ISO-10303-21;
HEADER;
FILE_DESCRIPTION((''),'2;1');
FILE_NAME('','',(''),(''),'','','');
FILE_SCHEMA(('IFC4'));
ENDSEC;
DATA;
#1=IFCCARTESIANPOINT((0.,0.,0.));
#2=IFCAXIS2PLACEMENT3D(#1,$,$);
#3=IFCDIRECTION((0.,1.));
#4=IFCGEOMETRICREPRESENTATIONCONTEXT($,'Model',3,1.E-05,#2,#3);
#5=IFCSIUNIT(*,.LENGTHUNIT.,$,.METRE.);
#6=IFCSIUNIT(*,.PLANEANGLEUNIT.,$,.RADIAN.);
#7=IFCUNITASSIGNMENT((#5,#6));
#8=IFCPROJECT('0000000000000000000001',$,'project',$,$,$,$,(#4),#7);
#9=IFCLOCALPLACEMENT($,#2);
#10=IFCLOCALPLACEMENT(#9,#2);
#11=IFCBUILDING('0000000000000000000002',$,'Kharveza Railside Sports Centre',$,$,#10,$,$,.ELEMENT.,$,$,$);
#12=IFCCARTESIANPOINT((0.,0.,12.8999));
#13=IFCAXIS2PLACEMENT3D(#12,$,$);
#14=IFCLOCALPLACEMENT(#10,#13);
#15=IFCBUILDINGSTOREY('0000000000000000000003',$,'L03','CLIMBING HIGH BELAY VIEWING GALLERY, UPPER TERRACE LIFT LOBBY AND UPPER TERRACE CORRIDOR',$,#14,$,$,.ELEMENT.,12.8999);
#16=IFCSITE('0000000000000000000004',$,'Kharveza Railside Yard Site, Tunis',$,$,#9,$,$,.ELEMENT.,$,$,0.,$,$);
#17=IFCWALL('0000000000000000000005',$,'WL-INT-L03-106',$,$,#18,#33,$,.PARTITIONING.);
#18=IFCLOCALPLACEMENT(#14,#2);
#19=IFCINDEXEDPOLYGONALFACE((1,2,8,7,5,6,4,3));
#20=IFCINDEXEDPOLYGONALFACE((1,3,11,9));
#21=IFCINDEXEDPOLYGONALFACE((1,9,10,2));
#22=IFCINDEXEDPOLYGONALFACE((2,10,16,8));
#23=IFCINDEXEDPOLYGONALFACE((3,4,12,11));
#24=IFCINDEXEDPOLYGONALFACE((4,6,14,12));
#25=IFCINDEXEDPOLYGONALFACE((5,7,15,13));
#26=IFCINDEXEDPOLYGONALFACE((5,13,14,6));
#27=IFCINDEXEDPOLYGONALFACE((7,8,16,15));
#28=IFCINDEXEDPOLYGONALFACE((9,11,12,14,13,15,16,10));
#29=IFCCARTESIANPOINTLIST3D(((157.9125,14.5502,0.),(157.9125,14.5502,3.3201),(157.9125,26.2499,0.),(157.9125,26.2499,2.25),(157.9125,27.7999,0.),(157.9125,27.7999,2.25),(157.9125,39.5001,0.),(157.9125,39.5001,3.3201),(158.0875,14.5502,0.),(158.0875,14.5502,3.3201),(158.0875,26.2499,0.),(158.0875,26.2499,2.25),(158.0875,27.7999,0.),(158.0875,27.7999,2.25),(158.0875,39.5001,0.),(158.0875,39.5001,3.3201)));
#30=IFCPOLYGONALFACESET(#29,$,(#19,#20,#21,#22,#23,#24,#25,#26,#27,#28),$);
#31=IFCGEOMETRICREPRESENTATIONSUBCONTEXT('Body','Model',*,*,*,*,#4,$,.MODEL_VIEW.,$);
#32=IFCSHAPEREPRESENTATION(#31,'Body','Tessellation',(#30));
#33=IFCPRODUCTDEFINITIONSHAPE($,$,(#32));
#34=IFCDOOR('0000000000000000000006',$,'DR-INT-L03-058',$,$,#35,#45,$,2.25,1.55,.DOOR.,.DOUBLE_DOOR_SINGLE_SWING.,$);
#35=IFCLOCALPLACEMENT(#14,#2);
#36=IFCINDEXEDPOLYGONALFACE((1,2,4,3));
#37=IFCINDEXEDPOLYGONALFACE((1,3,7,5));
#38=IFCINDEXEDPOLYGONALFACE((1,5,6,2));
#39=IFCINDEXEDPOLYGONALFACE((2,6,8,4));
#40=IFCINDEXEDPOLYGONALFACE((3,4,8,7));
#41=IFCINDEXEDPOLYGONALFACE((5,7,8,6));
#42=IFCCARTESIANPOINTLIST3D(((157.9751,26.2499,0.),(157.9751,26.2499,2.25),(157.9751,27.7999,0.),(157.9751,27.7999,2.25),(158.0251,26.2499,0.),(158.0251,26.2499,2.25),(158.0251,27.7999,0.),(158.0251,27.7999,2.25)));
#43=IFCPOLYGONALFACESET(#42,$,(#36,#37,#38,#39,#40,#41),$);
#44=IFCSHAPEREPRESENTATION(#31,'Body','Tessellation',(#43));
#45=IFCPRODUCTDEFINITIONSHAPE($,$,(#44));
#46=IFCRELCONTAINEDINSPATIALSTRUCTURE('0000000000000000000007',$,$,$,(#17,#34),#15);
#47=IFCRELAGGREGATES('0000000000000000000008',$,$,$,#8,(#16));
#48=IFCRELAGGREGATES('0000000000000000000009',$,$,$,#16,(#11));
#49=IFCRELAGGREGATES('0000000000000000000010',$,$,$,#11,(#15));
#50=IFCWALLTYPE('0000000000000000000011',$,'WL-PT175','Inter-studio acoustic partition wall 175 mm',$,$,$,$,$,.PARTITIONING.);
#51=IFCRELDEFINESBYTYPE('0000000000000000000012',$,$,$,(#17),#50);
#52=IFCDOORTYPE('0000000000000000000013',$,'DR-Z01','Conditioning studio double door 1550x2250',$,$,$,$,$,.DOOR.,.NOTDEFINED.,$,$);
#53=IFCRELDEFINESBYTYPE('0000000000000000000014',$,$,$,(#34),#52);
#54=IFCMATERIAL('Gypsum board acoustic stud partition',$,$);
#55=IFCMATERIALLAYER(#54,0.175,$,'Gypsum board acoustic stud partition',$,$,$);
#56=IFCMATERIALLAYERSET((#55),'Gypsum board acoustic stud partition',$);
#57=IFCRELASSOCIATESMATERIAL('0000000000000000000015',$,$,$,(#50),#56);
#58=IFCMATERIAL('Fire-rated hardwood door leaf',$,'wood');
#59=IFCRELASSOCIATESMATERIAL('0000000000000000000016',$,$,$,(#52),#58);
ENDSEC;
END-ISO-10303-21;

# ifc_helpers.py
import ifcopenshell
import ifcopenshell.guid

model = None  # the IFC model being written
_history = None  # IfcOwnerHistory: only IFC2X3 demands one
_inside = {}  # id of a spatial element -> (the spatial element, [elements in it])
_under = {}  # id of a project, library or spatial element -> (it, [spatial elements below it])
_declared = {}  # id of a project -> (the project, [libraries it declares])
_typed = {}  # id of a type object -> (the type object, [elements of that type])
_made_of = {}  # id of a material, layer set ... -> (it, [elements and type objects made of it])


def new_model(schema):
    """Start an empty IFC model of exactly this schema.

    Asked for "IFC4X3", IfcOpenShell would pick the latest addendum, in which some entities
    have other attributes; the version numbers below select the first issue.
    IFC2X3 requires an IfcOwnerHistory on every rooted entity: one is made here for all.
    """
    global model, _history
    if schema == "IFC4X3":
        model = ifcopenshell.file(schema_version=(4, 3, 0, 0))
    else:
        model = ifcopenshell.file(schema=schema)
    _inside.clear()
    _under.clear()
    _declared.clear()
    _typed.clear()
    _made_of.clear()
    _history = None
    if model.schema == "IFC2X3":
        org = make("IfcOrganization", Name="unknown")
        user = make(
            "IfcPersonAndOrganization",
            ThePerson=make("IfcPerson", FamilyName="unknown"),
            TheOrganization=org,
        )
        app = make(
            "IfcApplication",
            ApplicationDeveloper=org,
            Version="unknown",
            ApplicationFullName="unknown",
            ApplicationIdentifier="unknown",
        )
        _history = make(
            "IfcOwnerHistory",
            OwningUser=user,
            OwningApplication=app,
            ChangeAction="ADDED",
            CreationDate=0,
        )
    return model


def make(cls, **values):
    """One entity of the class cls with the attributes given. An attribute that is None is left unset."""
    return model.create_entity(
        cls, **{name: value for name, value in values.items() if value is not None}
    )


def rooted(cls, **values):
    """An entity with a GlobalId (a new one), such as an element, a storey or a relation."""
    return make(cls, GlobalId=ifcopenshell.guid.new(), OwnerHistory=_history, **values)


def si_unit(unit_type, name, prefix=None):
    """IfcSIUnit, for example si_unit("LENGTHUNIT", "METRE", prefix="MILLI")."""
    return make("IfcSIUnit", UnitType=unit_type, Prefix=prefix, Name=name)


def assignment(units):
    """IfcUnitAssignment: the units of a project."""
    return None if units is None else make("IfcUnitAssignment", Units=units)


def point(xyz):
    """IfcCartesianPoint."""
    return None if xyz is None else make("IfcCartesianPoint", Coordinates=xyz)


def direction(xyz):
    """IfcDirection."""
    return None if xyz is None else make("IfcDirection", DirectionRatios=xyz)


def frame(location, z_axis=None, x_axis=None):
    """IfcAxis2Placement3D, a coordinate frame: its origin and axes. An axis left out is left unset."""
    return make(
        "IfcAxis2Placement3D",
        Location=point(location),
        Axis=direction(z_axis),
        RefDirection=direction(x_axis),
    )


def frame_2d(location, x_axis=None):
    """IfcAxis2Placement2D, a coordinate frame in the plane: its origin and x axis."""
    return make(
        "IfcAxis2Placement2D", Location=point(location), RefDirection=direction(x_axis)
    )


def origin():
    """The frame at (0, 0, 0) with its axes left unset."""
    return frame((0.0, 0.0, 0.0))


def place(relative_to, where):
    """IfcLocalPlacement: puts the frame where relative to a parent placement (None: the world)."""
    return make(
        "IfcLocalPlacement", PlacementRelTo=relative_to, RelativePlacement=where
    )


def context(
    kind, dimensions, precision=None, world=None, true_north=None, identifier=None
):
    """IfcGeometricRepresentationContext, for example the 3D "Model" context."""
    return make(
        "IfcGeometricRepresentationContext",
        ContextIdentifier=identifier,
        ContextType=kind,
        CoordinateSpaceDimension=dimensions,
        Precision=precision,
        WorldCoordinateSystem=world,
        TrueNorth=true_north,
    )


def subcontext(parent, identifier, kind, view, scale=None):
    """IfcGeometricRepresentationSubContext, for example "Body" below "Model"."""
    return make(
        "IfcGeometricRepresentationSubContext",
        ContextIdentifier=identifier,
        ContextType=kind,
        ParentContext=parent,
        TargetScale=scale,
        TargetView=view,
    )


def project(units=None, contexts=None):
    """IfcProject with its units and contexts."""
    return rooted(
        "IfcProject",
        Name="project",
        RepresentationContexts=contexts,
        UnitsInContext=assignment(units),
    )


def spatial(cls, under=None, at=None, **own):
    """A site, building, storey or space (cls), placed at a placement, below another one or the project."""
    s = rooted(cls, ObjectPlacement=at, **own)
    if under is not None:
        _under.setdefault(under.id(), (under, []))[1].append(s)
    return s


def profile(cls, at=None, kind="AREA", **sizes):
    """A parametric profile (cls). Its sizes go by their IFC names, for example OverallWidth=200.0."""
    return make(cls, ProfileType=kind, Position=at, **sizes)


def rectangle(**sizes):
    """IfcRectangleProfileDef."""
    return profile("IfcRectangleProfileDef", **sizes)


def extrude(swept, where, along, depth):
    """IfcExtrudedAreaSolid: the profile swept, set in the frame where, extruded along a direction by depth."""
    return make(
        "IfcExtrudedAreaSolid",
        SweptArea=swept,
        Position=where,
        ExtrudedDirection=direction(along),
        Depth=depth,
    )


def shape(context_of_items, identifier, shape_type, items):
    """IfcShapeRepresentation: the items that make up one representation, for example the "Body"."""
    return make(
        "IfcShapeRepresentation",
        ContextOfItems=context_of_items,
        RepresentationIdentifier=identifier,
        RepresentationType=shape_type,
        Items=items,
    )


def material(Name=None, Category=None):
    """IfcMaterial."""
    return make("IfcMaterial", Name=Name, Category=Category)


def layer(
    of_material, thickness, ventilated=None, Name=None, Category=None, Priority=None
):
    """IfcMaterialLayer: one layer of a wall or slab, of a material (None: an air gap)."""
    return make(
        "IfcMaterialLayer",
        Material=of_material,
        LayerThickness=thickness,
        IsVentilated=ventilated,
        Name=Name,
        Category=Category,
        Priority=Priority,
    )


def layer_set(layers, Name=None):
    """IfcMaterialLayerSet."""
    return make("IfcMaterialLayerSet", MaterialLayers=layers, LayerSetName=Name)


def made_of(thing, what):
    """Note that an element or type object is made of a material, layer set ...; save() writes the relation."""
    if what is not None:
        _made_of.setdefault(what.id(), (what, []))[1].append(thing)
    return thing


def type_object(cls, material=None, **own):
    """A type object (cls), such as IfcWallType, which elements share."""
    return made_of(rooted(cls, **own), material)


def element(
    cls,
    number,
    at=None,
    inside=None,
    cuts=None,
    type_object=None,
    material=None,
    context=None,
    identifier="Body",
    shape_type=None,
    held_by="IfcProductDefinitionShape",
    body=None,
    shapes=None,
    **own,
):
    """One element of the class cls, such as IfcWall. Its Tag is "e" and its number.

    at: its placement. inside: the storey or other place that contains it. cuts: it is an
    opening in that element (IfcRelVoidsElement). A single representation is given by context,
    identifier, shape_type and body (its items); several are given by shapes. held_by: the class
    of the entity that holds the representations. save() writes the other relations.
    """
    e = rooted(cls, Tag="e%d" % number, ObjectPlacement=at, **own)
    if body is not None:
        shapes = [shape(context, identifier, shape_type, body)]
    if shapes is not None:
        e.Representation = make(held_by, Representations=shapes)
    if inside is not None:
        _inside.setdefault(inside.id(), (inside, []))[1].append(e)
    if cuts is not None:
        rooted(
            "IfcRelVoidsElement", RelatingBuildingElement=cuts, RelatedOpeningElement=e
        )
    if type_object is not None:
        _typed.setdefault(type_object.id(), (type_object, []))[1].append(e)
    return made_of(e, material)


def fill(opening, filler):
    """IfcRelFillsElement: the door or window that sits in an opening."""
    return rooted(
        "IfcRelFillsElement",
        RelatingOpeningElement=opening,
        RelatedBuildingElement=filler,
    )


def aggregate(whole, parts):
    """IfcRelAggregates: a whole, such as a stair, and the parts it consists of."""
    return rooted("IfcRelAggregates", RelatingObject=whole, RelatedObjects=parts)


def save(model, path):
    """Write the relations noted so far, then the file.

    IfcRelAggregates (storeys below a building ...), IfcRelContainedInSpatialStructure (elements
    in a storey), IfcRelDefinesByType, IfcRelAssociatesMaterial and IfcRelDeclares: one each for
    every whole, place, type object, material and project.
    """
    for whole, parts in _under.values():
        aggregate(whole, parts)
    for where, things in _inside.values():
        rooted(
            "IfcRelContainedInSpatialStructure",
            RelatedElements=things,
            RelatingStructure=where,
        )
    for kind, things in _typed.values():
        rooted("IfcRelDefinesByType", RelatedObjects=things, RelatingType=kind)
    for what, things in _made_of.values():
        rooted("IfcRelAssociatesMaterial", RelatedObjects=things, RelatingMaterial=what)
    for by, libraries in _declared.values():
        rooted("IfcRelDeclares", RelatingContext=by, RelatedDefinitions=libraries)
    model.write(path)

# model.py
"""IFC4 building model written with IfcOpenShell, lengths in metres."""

from ifc_helpers import new_model, si_unit, direction, frame, frame_2d, origin, place, context, subcontext, project, spatial, rectangle, extrude, material, layer, layer_set, type_object, element, fill, save


model = new_model("IFC4")

# Units and contexts
model_context = context("Model", 3, precision=1e-05, world=origin(), true_north=direction((0.0, 1.0)))
body_context = subcontext(model_context, "Body", "Model", "MODEL_VIEW")
ifc_project = project(units=[si_unit("LENGTHUNIT", "METRE"), si_unit("PLANEANGLEUNIT", "RADIAN")], contexts=[model_context])

# Site, building, storey
site_placement = place(None, origin())
site = spatial("IfcSite", under=ifc_project, at=site_placement, Name="Kharveza Railside Yard Site, Tunis", CompositionType="ELEMENT", RefElevation=0.0)
building_placement = place(site_placement, origin())
building = spatial("IfcBuilding", under=site, at=building_placement, Name="Kharveza Railside Sports Centre", CompositionType="ELEMENT")
storey_placement = place(building_placement, frame((0.0, 0.0, 12.8999)))
storey = spatial("IfcBuildingStorey", under=building, at=storey_placement, Name="L03", Description="CLIMBING HIGH BELAY VIEWING GALLERY, UPPER TERRACE LIFT LOBBY AND UPPER TERRACE CORRIDOR", CompositionType="ELEMENT", Elevation=12.8999)

# Wall, opening, door
ifc_material_1 = material(Name="Gypsum board acoustic stud partition")
ifc_layer_1 = layer(ifc_material_1, 0.175, Name="Gypsum board acoustic stud partition")
ifc_layer_set_1 = layer_set([ifc_layer_1], Name="Gypsum board acoustic stud partition")
wall_type_1 = type_object("IfcWallType", Name="WL-PT175", Description="Inter-studio acoustic partition wall 175 mm", PredefinedType="PARTITIONING", material=ifc_layer_set_1)
ifc_material_2 = material(Name="Fire-rated hardwood door leaf", Category="wood")
wall_1_placement = place(storey_placement, frame((158.0, 14.55, 0.0), z_axis=(0.0, 0.0, 1.0), x_axis=(0.0, 1.0, 0.0)))
wall_1 = element("IfcWall", 1, at=wall_1_placement, inside=storey, type_object=wall_type_1, Name="WL-INT-L03-106", PredefinedType="PARTITIONING", context=body_context, shape_type="SweptSolid", body=[
    extrude(rectangle(XDim=24.95, YDim=0.175, at=frame_2d((12.4751, 0.0))), origin(), (0.0, 0.0, 1.0), 3.3201),
])
opening_1_placement = place(wall_1_placement, frame((11.7, 0.0, 0.0)))
opening_1 = element("IfcOpeningElement", 2, at=opening_1_placement, cuts=wall_1, PredefinedType="OPENING", context=body_context, shape_type="SweptSolid", body=[
    extrude(rectangle(XDim=1.55, YDim=2.25, at=frame_2d((0.7749, 1.125))), frame((0.0, 0.1123, 0.0), z_axis=(0.0, -1.0, 0.0), x_axis=(1.0, 0.0, 0.0)), (0.0, 0.0, 1.0), 0.2249),
])
door_type_1 = type_object("IfcDoorType", Name="DR-Z01", Description="Conditioning studio double door 1550x2250", OperationType="NOTDEFINED", PredefinedType="DOOR", material=ifc_material_2)
door_1_placement = place(opening_1_placement, origin())
door_1 = element("IfcDoor", 3, at=door_1_placement, inside=storey, type_object=door_type_1, Name="DR-INT-L03-058", OperationType="DOUBLE_DOOR_SINGLE_SWING", OverallHeight=2.25, OverallWidth=1.55, PredefinedType="DOOR", context=body_context, shape_type="SweptSolid", body=[
    extrude(rectangle(XDim=1.55, YDim=2.25, at=frame_2d((0.7749, 1.125))), frame((0.0, 0.0249, 0.0), z_axis=(0.0, -1.0, 0.0), x_axis=(1.0, 0.0, 0.0)), (0.0, 0.0, 1.0), 0.05),
])
fill(opening_1, door_1)

save(model, "model.ifc")
